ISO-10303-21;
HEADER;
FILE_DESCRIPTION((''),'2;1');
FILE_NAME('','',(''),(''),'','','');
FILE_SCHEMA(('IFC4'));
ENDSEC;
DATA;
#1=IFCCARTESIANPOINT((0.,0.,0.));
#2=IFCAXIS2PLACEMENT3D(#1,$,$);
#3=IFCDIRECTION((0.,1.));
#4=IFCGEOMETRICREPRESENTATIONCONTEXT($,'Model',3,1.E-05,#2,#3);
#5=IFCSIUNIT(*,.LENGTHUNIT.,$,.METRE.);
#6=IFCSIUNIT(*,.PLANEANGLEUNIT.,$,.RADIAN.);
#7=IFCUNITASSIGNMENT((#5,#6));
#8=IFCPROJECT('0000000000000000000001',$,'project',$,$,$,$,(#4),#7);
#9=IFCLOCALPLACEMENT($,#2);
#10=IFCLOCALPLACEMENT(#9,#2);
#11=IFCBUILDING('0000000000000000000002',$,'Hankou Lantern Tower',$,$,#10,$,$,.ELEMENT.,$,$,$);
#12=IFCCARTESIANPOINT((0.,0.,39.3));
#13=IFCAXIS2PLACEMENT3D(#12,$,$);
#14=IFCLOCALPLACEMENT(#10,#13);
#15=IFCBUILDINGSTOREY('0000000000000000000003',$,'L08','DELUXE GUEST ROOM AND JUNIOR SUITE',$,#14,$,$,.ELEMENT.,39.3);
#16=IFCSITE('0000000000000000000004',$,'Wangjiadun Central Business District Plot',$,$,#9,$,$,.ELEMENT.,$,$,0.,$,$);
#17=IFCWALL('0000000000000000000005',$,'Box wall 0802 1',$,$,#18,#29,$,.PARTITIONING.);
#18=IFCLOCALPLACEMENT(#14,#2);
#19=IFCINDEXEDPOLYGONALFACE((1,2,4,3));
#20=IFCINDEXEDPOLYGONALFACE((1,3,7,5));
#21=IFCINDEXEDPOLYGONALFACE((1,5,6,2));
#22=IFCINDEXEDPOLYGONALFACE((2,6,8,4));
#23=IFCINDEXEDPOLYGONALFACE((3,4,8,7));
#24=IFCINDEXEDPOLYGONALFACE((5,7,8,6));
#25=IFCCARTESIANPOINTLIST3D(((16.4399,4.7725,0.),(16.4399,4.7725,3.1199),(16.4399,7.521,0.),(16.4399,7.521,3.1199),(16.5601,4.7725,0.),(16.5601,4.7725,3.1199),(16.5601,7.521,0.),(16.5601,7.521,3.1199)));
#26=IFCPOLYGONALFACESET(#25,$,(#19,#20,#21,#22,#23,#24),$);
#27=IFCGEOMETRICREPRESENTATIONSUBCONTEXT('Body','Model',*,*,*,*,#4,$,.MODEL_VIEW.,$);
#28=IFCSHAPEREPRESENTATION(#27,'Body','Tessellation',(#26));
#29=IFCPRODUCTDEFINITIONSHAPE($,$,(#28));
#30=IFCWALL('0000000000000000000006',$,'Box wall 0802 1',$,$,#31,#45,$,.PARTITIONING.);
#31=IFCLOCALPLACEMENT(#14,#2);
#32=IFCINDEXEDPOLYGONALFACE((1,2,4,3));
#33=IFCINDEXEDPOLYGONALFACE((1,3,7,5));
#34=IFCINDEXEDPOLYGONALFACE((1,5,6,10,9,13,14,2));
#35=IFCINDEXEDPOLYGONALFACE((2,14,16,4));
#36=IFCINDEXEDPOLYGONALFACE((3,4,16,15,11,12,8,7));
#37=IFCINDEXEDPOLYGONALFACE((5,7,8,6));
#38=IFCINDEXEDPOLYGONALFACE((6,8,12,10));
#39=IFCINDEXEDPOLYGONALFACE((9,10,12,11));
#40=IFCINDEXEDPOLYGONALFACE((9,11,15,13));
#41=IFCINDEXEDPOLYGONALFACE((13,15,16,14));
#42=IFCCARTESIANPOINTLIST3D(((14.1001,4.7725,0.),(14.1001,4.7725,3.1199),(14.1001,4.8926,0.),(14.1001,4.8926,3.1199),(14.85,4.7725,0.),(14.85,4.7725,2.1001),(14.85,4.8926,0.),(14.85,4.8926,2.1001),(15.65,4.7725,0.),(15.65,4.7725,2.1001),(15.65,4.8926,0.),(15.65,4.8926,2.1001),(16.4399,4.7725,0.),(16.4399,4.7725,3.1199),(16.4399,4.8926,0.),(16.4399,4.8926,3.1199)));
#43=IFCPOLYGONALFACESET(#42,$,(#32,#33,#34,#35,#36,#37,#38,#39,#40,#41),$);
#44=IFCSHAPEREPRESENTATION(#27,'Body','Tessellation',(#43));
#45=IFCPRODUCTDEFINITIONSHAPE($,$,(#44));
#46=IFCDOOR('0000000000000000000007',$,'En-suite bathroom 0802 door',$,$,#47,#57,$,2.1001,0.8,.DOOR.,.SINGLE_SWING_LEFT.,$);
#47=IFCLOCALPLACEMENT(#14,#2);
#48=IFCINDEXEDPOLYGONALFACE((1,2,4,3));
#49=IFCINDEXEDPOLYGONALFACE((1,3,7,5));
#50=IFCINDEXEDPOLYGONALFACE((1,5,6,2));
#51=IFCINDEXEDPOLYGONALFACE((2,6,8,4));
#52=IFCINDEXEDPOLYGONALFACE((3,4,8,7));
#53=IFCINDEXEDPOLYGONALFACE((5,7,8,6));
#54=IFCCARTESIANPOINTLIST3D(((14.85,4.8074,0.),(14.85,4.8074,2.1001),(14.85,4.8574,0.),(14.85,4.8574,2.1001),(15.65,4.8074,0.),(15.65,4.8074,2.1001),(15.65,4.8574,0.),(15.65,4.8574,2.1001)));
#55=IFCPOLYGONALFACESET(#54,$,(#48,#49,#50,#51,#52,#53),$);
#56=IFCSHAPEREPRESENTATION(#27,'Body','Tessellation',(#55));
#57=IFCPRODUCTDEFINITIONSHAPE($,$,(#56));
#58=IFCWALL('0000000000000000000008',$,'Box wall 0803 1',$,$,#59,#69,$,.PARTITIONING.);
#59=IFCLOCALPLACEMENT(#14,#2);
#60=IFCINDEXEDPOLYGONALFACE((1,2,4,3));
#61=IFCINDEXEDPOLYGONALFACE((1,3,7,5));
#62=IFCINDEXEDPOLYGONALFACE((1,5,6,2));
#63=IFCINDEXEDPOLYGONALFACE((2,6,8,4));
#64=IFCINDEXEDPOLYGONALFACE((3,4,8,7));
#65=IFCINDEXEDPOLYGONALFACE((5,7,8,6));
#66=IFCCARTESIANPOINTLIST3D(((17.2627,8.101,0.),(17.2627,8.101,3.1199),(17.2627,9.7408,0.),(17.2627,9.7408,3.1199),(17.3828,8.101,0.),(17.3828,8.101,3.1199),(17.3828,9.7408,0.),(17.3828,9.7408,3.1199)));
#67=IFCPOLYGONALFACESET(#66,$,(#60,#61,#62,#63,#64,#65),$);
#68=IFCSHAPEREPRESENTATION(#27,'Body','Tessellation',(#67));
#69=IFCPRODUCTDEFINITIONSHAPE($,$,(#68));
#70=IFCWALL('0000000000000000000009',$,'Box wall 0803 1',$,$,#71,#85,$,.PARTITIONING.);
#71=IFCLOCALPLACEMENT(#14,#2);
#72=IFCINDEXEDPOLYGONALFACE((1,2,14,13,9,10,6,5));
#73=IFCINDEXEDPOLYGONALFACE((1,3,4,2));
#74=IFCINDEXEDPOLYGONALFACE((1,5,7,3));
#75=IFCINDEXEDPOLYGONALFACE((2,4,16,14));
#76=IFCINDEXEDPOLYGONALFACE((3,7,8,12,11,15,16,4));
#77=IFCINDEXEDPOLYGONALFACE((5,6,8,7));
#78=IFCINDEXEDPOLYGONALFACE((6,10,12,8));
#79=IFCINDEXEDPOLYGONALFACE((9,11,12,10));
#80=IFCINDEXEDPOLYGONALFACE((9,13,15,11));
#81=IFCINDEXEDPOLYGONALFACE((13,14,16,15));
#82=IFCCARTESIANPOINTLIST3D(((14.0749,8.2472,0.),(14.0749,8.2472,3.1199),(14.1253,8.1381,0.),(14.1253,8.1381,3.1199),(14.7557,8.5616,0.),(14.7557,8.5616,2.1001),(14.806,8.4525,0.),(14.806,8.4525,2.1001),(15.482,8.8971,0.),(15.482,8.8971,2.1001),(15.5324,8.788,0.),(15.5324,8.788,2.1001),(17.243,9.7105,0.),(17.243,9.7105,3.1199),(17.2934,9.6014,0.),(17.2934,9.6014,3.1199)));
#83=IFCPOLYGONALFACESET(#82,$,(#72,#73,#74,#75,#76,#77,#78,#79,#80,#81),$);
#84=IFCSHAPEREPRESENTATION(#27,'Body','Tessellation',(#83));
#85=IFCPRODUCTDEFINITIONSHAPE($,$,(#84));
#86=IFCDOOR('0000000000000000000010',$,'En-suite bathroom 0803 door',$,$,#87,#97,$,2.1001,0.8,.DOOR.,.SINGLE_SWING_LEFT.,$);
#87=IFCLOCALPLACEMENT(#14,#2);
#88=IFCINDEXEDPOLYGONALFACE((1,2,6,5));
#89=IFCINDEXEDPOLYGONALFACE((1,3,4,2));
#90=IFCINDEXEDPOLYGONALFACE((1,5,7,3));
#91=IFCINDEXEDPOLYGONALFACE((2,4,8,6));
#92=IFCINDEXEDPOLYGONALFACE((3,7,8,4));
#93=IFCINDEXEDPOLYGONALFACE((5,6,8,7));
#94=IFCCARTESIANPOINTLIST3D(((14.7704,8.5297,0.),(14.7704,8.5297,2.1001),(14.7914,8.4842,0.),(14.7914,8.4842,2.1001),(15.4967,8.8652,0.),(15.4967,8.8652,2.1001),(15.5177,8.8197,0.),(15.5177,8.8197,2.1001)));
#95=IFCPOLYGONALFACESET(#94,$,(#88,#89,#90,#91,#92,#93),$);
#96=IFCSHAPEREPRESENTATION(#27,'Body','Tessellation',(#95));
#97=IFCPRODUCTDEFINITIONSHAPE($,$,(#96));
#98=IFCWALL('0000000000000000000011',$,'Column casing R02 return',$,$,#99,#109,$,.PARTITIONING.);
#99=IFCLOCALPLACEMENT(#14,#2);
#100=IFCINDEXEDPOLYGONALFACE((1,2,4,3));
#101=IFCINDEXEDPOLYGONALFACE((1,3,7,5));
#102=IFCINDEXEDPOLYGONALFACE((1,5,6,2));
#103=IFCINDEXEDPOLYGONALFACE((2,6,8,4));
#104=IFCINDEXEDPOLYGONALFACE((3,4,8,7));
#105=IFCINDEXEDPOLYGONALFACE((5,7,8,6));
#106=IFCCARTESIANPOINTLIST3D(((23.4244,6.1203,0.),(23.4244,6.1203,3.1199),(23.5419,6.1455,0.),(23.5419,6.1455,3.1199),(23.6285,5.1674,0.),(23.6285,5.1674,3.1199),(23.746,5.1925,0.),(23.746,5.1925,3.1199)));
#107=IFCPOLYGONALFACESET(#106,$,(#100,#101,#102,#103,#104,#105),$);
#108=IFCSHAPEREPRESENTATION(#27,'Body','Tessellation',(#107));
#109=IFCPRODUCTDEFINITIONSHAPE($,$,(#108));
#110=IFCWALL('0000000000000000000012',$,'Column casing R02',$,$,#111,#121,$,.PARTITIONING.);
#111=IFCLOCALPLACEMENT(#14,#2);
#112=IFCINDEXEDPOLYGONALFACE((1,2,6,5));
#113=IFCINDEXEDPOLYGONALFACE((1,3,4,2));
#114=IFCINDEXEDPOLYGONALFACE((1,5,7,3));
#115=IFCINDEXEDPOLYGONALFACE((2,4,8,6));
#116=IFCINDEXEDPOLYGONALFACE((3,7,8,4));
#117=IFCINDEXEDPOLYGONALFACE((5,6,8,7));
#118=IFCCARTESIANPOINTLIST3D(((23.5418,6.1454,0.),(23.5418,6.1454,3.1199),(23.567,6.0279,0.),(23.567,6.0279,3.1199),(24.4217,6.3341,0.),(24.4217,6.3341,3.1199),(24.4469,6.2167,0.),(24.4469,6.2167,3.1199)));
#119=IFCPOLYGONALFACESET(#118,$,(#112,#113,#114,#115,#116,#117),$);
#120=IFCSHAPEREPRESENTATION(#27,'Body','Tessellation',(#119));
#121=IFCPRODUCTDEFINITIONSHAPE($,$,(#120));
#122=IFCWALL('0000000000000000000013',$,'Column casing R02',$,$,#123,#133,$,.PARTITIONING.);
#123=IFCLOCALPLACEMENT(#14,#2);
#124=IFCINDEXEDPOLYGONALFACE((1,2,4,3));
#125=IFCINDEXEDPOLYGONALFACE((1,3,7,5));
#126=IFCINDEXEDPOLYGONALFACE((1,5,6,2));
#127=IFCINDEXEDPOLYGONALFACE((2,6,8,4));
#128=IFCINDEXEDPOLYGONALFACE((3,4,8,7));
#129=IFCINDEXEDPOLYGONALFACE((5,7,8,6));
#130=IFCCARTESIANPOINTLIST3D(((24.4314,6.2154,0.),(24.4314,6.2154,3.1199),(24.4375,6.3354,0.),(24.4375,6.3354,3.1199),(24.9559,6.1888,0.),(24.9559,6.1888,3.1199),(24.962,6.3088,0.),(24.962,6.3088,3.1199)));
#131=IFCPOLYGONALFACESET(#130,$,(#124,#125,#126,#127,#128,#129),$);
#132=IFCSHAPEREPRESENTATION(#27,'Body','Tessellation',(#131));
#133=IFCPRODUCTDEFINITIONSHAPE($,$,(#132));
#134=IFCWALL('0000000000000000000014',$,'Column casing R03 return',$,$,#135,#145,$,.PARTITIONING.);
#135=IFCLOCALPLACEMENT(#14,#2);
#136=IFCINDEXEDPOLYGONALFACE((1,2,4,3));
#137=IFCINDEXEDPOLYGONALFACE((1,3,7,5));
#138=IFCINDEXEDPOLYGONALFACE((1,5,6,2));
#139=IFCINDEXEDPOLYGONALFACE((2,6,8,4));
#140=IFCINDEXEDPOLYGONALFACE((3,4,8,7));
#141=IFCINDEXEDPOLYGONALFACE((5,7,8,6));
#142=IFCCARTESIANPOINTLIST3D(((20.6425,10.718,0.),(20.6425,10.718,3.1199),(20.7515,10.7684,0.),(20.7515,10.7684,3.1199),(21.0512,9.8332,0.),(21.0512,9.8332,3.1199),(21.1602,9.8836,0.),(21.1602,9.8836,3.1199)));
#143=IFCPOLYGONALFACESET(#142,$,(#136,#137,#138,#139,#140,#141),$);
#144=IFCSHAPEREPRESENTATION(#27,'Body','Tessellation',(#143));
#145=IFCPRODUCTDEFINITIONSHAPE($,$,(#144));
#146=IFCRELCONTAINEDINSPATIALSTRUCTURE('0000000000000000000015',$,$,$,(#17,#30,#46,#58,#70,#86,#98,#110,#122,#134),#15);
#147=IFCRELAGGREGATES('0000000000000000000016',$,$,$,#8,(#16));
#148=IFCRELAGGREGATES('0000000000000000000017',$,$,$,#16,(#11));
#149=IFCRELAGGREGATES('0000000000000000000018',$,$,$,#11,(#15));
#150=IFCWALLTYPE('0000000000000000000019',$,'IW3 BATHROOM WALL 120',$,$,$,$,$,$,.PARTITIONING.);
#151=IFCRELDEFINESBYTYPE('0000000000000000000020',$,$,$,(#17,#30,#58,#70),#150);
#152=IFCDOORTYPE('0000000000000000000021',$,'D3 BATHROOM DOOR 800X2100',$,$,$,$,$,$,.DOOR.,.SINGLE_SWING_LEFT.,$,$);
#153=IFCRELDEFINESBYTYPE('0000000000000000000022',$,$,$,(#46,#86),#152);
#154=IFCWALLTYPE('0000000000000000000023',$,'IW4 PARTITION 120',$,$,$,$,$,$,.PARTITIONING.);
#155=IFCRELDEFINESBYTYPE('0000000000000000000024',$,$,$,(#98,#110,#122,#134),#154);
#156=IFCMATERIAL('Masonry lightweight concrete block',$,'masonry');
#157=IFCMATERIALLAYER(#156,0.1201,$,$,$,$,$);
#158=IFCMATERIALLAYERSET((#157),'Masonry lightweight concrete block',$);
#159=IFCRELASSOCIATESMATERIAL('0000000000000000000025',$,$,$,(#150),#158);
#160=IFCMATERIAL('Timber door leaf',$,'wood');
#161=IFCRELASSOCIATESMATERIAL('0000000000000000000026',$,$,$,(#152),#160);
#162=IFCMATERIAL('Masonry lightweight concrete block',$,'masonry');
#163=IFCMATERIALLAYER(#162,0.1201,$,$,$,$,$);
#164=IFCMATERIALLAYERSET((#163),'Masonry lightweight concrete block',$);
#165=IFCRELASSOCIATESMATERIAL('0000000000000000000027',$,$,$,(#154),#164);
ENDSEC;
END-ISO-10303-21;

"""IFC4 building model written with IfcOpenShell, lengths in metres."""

from ifc_helpers import new_model, si_unit, direction, frame, frame_2d, origin, place, context, subcontext, project, spatial, rectangle, extrude, material, layer, layer_set, type_object, element, fill, save


model = new_model("IFC4")

# Units and contexts
model_context = context("Model", 3, precision=1e-05, world=origin(), true_north=direction((0.0, 1.0)))
body_context = subcontext(model_context, "Body", "Model", "MODEL_VIEW")
ifc_project = project(units=[si_unit("LENGTHUNIT", "METRE"), si_unit("PLANEANGLEUNIT", "RADIAN")], contexts=[model_context])

# Site, building, storey
site_placement = place(None, origin())
site = spatial("IfcSite", under=ifc_project, at=site_placement, Name="Wangjiadun Central Business District Plot", CompositionType="ELEMENT", RefElevation=0.0)
building_placement = place(site_placement, origin())
building = spatial("IfcBuilding", under=site, at=building_placement, Name="Hankou Lantern Tower", CompositionType="ELEMENT")
storey_placement = place(building_placement, frame((0.0, 0.0, 39.3)))
storey = spatial("IfcBuildingStorey", under=building, at=storey_placement, Name="L08", Description="DELUXE GUEST ROOM AND JUNIOR SUITE", CompositionType="ELEMENT", Elevation=39.3)

# Shared definitions
ifc_material_1 = material(Name="Masonry lightweight concrete block", Category="masonry")
ifc_layer_1 = layer(ifc_material_1, 0.1201)
ifc_layer_set_1 = layer_set([ifc_layer_1], Name="Masonry lightweight concrete block")
wall_type_1 = type_object("IfcWallType", Name="IW3 BATHROOM WALL 120", PredefinedType="PARTITIONING", material=ifc_layer_set_1)
ifc_material_2 = material(Name="Timber door leaf", Category="wood")
door_type = type_object("IfcDoorType", Name="D3 BATHROOM DOOR 800X2100", OperationType="SINGLE_SWING_LEFT", PredefinedType="DOOR", material=ifc_material_2)

# Wall
wall_1_placement = place(storey_placement, frame((16.5, 7.521, 0.0), z_axis=(0.0, 0.0, 1.0), x_axis=(0.0, -1.0, 0.0)))
element("IfcWall", 1, at=wall_1_placement, inside=storey, type_object=wall_type_1, Name="Box wall 0802 1", PredefinedType="PARTITIONING", context=body_context, shape_type="SweptSolid", body=[
    extrude(rectangle(XDim=2.7485, YDim=0.1201, at=frame_2d((1.3743, 0.0))), origin(), (0.0, 0.0, 1.0), 3.1199),
])

# Wall, opening, door
wall_2_placement = place(storey_placement, frame((14.1001, 4.8325, 0.0), z_axis=(0.0, 0.0, 1.0), x_axis=(1.0, 0.0, 0.0)))
wall_2 = element("IfcWall", 2, at=wall_2_placement, inside=storey, type_object=wall_type_1, Name="Box wall 0802 1", PredefinedType="PARTITIONING", context=body_context, shape_type="SweptSolid", body=[
    extrude(rectangle(XDim=2.3398, YDim=0.1201, at=frame_2d((1.1699, 0.0))), origin(), (0.0, 0.0, 1.0), 3.1199),
])
opening_1_placement = place(wall_2_placement, frame((0.75, 0.0, 0.0)))
opening_1 = element("IfcOpeningElement", 3, at=opening_1_placement, cuts=wall_2, PredefinedType="OPENING", context=body_context, shape_type="SweptSolid", body=[
    extrude(rectangle(XDim=0.8, YDim=2.1001, at=frame_2d((0.3999, 1.05))), frame((0.0, 0.0701, 0.0), z_axis=(0.0, -1.0, 0.0), x_axis=(1.0, 0.0, 0.0)), (0.0, 0.0, 1.0), 0.1401),
])
door_1_placement = place(opening_1_placement, origin())
door_1 = element("IfcDoor", 4, at=door_1_placement, inside=storey, type_object=door_type, Name="En-suite bathroom 0802 door", OperationType="SINGLE_SWING_LEFT", OverallHeight=2.1001, OverallWidth=0.8, PredefinedType="DOOR", context=body_context, shape_type="SweptSolid", body=[
    extrude(rectangle(XDim=0.8, YDim=2.1001, at=frame_2d((0.3999, 1.05))), frame((0.0, 0.0249, 0.0), z_axis=(0.0, -1.0, 0.0), x_axis=(1.0, 0.0, 0.0)), (0.0, 0.0, 1.0), 0.05),
])
fill(opening_1, door_1)

# Wall
wall_3_placement = place(storey_placement, frame((17.3228, 8.1011, 0.0), z_axis=(0.0, 0.0, 1.0), x_axis=(0.0, 1.0, 0.0)))
element("IfcWall", 5, at=wall_3_placement, inside=storey, type_object=wall_type_1, Name="Box wall 0803 1", PredefinedType="PARTITIONING", context=body_context, shape_type="SweptSolid", body=[
    extrude(rectangle(XDim=1.6399, YDim=0.1201, at=frame_2d((0.8198, 0.0))), origin(), (0.0, 0.0, 1.0), 3.1199),
])

# Wall, opening, door
wall_4_placement = place(storey_placement, frame((14.1001, 8.1926, 0.0), z_axis=(0.0, 0.0, 1.0), x_axis=(0.907836, 0.419324, 0.0)))
wall_4 = element("IfcWall", 6, at=wall_4_placement, inside=storey, type_object=wall_type_1, Name="Box wall 0803 1", PredefinedType="PARTITIONING", context=body_context, shape_type="SweptSolid", body=[
    extrude(rectangle(XDim=3.4897, YDim=0.1201, at=frame_2d((1.7449, 0.0))), origin(), (0.0, 0.0, 1.0), 3.1199),
])
opening_2_placement = place(wall_4_placement, frame((0.75, 0.0, 0.0)))
opening_2 = element("IfcOpeningElement", 7, at=opening_2_placement, cuts=wall_4, PredefinedType="OPENING", context=body_context, shape_type="SweptSolid", body=[
    extrude(rectangle(XDim=0.8, YDim=2.1001, at=frame_2d((0.3999, 1.05))), frame((0.0, 0.0701, 0.0), z_axis=(0.0, -1.0, 0.0), x_axis=(1.0, 0.0, 0.0)), (0.0, 0.0, 1.0), 0.1401),
])
door_2_placement = place(opening_2_placement, origin())
door_2 = element("IfcDoor", 8, at=door_2_placement, inside=storey, type_object=door_type, Name="En-suite bathroom 0803 door", OperationType="SINGLE_SWING_LEFT", OverallHeight=2.1001, OverallWidth=0.8, PredefinedType="DOOR", context=body_context, shape_type="SweptSolid", body=[
    extrude(rectangle(XDim=0.8, YDim=2.1001, at=frame_2d((0.3999, 1.05))), frame((0.0, 0.0249, 0.0), z_axis=(0.0, -1.0, 0.0), x_axis=(1.0, 0.0, 0.0)), (0.0, 0.0, 1.0), 0.05),
])
fill(opening_2, door_2)

# Walls
ifc_material_3 = material(Name="Masonry lightweight concrete block", Category="masonry")
ifc_layer_2 = layer(ifc_material_3, 0.1201)
ifc_layer_set_2 = layer_set([ifc_layer_2], Name="Masonry lightweight concrete block")
wall_type_2 = type_object("IfcWallType", Name="IW4 PARTITION 120", PredefinedType="PARTITIONING", material=ifc_layer_set_2)
wall_5_placement = place(storey_placement, frame((23.6873, 5.1799, 0.0), z_axis=(0.0, 0.0, 1.0), x_axis=(-0.209444, 0.977821, 0.0)))
element("IfcWall", 9, at=wall_5_placement, inside=storey, type_object=wall_type_2, Name="Column casing R02 return", PredefinedType="PARTITIONING", context=body_context, shape_type="SweptSolid", body=[
    extrude(rectangle(XDim=0.9746, YDim=0.1201, at=frame_2d((0.4873, 0.0))), origin(), (0.0, 0.0, 1.0), 3.1199),
])
wall_6_placement = place(storey_placement, frame((23.5544, 6.0867, 0.0), z_axis=(0.0, 0.0, 1.0), x_axis=(0.977763, 0.209714, 0.0)))
element("IfcWall", 10, at=wall_6_placement, inside=storey, type_object=wall_type_2, Name="Column casing R02", PredefinedType="PARTITIONING", context=body_context, shape_type="SweptSolid", body=[
    extrude(rectangle(XDim=0.8999, YDim=0.1201, at=frame_2d((0.45, 0.0))), origin(), (0.0, 0.0, 1.0), 3.1199),
])
wall_7_placement = place(storey_placement, frame((24.4343, 6.2754, 0.0), z_axis=(0.0, 0.0, 1.0), x_axis=(0.998715, -0.05068, 0.0)))
element("IfcWall", 11, at=wall_7_placement, inside=storey, type_object=wall_type_2, Name="Column casing R02", PredefinedType="PARTITIONING", context=body_context, shape_type="SweptSolid", body=[
    extrude(rectangle(XDim=0.5251, YDim=0.1201, at=frame_2d((0.2627, 0.0))), origin(), (0.0, 0.0, 1.0), 3.1199),
])
wall_8_placement = place(storey_placement, frame((21.1057, 9.8584, 0.0), z_axis=(0.0, 0.0, 1.0), x_axis=(-0.419344, 0.907827, 0.0)))
element("IfcWall", 12, at=wall_8_placement, inside=storey, type_object=wall_type_2, Name="Column casing R03 return", PredefinedType="PARTITIONING", context=body_context, shape_type="SweptSolid", body=[
    extrude(rectangle(XDim=0.9746, YDim=0.1201, at=frame_2d((0.4873, 0.0))), origin(), (0.0, 0.0, 1.0), 3.1199),
])

save(model, "model.ifc")
